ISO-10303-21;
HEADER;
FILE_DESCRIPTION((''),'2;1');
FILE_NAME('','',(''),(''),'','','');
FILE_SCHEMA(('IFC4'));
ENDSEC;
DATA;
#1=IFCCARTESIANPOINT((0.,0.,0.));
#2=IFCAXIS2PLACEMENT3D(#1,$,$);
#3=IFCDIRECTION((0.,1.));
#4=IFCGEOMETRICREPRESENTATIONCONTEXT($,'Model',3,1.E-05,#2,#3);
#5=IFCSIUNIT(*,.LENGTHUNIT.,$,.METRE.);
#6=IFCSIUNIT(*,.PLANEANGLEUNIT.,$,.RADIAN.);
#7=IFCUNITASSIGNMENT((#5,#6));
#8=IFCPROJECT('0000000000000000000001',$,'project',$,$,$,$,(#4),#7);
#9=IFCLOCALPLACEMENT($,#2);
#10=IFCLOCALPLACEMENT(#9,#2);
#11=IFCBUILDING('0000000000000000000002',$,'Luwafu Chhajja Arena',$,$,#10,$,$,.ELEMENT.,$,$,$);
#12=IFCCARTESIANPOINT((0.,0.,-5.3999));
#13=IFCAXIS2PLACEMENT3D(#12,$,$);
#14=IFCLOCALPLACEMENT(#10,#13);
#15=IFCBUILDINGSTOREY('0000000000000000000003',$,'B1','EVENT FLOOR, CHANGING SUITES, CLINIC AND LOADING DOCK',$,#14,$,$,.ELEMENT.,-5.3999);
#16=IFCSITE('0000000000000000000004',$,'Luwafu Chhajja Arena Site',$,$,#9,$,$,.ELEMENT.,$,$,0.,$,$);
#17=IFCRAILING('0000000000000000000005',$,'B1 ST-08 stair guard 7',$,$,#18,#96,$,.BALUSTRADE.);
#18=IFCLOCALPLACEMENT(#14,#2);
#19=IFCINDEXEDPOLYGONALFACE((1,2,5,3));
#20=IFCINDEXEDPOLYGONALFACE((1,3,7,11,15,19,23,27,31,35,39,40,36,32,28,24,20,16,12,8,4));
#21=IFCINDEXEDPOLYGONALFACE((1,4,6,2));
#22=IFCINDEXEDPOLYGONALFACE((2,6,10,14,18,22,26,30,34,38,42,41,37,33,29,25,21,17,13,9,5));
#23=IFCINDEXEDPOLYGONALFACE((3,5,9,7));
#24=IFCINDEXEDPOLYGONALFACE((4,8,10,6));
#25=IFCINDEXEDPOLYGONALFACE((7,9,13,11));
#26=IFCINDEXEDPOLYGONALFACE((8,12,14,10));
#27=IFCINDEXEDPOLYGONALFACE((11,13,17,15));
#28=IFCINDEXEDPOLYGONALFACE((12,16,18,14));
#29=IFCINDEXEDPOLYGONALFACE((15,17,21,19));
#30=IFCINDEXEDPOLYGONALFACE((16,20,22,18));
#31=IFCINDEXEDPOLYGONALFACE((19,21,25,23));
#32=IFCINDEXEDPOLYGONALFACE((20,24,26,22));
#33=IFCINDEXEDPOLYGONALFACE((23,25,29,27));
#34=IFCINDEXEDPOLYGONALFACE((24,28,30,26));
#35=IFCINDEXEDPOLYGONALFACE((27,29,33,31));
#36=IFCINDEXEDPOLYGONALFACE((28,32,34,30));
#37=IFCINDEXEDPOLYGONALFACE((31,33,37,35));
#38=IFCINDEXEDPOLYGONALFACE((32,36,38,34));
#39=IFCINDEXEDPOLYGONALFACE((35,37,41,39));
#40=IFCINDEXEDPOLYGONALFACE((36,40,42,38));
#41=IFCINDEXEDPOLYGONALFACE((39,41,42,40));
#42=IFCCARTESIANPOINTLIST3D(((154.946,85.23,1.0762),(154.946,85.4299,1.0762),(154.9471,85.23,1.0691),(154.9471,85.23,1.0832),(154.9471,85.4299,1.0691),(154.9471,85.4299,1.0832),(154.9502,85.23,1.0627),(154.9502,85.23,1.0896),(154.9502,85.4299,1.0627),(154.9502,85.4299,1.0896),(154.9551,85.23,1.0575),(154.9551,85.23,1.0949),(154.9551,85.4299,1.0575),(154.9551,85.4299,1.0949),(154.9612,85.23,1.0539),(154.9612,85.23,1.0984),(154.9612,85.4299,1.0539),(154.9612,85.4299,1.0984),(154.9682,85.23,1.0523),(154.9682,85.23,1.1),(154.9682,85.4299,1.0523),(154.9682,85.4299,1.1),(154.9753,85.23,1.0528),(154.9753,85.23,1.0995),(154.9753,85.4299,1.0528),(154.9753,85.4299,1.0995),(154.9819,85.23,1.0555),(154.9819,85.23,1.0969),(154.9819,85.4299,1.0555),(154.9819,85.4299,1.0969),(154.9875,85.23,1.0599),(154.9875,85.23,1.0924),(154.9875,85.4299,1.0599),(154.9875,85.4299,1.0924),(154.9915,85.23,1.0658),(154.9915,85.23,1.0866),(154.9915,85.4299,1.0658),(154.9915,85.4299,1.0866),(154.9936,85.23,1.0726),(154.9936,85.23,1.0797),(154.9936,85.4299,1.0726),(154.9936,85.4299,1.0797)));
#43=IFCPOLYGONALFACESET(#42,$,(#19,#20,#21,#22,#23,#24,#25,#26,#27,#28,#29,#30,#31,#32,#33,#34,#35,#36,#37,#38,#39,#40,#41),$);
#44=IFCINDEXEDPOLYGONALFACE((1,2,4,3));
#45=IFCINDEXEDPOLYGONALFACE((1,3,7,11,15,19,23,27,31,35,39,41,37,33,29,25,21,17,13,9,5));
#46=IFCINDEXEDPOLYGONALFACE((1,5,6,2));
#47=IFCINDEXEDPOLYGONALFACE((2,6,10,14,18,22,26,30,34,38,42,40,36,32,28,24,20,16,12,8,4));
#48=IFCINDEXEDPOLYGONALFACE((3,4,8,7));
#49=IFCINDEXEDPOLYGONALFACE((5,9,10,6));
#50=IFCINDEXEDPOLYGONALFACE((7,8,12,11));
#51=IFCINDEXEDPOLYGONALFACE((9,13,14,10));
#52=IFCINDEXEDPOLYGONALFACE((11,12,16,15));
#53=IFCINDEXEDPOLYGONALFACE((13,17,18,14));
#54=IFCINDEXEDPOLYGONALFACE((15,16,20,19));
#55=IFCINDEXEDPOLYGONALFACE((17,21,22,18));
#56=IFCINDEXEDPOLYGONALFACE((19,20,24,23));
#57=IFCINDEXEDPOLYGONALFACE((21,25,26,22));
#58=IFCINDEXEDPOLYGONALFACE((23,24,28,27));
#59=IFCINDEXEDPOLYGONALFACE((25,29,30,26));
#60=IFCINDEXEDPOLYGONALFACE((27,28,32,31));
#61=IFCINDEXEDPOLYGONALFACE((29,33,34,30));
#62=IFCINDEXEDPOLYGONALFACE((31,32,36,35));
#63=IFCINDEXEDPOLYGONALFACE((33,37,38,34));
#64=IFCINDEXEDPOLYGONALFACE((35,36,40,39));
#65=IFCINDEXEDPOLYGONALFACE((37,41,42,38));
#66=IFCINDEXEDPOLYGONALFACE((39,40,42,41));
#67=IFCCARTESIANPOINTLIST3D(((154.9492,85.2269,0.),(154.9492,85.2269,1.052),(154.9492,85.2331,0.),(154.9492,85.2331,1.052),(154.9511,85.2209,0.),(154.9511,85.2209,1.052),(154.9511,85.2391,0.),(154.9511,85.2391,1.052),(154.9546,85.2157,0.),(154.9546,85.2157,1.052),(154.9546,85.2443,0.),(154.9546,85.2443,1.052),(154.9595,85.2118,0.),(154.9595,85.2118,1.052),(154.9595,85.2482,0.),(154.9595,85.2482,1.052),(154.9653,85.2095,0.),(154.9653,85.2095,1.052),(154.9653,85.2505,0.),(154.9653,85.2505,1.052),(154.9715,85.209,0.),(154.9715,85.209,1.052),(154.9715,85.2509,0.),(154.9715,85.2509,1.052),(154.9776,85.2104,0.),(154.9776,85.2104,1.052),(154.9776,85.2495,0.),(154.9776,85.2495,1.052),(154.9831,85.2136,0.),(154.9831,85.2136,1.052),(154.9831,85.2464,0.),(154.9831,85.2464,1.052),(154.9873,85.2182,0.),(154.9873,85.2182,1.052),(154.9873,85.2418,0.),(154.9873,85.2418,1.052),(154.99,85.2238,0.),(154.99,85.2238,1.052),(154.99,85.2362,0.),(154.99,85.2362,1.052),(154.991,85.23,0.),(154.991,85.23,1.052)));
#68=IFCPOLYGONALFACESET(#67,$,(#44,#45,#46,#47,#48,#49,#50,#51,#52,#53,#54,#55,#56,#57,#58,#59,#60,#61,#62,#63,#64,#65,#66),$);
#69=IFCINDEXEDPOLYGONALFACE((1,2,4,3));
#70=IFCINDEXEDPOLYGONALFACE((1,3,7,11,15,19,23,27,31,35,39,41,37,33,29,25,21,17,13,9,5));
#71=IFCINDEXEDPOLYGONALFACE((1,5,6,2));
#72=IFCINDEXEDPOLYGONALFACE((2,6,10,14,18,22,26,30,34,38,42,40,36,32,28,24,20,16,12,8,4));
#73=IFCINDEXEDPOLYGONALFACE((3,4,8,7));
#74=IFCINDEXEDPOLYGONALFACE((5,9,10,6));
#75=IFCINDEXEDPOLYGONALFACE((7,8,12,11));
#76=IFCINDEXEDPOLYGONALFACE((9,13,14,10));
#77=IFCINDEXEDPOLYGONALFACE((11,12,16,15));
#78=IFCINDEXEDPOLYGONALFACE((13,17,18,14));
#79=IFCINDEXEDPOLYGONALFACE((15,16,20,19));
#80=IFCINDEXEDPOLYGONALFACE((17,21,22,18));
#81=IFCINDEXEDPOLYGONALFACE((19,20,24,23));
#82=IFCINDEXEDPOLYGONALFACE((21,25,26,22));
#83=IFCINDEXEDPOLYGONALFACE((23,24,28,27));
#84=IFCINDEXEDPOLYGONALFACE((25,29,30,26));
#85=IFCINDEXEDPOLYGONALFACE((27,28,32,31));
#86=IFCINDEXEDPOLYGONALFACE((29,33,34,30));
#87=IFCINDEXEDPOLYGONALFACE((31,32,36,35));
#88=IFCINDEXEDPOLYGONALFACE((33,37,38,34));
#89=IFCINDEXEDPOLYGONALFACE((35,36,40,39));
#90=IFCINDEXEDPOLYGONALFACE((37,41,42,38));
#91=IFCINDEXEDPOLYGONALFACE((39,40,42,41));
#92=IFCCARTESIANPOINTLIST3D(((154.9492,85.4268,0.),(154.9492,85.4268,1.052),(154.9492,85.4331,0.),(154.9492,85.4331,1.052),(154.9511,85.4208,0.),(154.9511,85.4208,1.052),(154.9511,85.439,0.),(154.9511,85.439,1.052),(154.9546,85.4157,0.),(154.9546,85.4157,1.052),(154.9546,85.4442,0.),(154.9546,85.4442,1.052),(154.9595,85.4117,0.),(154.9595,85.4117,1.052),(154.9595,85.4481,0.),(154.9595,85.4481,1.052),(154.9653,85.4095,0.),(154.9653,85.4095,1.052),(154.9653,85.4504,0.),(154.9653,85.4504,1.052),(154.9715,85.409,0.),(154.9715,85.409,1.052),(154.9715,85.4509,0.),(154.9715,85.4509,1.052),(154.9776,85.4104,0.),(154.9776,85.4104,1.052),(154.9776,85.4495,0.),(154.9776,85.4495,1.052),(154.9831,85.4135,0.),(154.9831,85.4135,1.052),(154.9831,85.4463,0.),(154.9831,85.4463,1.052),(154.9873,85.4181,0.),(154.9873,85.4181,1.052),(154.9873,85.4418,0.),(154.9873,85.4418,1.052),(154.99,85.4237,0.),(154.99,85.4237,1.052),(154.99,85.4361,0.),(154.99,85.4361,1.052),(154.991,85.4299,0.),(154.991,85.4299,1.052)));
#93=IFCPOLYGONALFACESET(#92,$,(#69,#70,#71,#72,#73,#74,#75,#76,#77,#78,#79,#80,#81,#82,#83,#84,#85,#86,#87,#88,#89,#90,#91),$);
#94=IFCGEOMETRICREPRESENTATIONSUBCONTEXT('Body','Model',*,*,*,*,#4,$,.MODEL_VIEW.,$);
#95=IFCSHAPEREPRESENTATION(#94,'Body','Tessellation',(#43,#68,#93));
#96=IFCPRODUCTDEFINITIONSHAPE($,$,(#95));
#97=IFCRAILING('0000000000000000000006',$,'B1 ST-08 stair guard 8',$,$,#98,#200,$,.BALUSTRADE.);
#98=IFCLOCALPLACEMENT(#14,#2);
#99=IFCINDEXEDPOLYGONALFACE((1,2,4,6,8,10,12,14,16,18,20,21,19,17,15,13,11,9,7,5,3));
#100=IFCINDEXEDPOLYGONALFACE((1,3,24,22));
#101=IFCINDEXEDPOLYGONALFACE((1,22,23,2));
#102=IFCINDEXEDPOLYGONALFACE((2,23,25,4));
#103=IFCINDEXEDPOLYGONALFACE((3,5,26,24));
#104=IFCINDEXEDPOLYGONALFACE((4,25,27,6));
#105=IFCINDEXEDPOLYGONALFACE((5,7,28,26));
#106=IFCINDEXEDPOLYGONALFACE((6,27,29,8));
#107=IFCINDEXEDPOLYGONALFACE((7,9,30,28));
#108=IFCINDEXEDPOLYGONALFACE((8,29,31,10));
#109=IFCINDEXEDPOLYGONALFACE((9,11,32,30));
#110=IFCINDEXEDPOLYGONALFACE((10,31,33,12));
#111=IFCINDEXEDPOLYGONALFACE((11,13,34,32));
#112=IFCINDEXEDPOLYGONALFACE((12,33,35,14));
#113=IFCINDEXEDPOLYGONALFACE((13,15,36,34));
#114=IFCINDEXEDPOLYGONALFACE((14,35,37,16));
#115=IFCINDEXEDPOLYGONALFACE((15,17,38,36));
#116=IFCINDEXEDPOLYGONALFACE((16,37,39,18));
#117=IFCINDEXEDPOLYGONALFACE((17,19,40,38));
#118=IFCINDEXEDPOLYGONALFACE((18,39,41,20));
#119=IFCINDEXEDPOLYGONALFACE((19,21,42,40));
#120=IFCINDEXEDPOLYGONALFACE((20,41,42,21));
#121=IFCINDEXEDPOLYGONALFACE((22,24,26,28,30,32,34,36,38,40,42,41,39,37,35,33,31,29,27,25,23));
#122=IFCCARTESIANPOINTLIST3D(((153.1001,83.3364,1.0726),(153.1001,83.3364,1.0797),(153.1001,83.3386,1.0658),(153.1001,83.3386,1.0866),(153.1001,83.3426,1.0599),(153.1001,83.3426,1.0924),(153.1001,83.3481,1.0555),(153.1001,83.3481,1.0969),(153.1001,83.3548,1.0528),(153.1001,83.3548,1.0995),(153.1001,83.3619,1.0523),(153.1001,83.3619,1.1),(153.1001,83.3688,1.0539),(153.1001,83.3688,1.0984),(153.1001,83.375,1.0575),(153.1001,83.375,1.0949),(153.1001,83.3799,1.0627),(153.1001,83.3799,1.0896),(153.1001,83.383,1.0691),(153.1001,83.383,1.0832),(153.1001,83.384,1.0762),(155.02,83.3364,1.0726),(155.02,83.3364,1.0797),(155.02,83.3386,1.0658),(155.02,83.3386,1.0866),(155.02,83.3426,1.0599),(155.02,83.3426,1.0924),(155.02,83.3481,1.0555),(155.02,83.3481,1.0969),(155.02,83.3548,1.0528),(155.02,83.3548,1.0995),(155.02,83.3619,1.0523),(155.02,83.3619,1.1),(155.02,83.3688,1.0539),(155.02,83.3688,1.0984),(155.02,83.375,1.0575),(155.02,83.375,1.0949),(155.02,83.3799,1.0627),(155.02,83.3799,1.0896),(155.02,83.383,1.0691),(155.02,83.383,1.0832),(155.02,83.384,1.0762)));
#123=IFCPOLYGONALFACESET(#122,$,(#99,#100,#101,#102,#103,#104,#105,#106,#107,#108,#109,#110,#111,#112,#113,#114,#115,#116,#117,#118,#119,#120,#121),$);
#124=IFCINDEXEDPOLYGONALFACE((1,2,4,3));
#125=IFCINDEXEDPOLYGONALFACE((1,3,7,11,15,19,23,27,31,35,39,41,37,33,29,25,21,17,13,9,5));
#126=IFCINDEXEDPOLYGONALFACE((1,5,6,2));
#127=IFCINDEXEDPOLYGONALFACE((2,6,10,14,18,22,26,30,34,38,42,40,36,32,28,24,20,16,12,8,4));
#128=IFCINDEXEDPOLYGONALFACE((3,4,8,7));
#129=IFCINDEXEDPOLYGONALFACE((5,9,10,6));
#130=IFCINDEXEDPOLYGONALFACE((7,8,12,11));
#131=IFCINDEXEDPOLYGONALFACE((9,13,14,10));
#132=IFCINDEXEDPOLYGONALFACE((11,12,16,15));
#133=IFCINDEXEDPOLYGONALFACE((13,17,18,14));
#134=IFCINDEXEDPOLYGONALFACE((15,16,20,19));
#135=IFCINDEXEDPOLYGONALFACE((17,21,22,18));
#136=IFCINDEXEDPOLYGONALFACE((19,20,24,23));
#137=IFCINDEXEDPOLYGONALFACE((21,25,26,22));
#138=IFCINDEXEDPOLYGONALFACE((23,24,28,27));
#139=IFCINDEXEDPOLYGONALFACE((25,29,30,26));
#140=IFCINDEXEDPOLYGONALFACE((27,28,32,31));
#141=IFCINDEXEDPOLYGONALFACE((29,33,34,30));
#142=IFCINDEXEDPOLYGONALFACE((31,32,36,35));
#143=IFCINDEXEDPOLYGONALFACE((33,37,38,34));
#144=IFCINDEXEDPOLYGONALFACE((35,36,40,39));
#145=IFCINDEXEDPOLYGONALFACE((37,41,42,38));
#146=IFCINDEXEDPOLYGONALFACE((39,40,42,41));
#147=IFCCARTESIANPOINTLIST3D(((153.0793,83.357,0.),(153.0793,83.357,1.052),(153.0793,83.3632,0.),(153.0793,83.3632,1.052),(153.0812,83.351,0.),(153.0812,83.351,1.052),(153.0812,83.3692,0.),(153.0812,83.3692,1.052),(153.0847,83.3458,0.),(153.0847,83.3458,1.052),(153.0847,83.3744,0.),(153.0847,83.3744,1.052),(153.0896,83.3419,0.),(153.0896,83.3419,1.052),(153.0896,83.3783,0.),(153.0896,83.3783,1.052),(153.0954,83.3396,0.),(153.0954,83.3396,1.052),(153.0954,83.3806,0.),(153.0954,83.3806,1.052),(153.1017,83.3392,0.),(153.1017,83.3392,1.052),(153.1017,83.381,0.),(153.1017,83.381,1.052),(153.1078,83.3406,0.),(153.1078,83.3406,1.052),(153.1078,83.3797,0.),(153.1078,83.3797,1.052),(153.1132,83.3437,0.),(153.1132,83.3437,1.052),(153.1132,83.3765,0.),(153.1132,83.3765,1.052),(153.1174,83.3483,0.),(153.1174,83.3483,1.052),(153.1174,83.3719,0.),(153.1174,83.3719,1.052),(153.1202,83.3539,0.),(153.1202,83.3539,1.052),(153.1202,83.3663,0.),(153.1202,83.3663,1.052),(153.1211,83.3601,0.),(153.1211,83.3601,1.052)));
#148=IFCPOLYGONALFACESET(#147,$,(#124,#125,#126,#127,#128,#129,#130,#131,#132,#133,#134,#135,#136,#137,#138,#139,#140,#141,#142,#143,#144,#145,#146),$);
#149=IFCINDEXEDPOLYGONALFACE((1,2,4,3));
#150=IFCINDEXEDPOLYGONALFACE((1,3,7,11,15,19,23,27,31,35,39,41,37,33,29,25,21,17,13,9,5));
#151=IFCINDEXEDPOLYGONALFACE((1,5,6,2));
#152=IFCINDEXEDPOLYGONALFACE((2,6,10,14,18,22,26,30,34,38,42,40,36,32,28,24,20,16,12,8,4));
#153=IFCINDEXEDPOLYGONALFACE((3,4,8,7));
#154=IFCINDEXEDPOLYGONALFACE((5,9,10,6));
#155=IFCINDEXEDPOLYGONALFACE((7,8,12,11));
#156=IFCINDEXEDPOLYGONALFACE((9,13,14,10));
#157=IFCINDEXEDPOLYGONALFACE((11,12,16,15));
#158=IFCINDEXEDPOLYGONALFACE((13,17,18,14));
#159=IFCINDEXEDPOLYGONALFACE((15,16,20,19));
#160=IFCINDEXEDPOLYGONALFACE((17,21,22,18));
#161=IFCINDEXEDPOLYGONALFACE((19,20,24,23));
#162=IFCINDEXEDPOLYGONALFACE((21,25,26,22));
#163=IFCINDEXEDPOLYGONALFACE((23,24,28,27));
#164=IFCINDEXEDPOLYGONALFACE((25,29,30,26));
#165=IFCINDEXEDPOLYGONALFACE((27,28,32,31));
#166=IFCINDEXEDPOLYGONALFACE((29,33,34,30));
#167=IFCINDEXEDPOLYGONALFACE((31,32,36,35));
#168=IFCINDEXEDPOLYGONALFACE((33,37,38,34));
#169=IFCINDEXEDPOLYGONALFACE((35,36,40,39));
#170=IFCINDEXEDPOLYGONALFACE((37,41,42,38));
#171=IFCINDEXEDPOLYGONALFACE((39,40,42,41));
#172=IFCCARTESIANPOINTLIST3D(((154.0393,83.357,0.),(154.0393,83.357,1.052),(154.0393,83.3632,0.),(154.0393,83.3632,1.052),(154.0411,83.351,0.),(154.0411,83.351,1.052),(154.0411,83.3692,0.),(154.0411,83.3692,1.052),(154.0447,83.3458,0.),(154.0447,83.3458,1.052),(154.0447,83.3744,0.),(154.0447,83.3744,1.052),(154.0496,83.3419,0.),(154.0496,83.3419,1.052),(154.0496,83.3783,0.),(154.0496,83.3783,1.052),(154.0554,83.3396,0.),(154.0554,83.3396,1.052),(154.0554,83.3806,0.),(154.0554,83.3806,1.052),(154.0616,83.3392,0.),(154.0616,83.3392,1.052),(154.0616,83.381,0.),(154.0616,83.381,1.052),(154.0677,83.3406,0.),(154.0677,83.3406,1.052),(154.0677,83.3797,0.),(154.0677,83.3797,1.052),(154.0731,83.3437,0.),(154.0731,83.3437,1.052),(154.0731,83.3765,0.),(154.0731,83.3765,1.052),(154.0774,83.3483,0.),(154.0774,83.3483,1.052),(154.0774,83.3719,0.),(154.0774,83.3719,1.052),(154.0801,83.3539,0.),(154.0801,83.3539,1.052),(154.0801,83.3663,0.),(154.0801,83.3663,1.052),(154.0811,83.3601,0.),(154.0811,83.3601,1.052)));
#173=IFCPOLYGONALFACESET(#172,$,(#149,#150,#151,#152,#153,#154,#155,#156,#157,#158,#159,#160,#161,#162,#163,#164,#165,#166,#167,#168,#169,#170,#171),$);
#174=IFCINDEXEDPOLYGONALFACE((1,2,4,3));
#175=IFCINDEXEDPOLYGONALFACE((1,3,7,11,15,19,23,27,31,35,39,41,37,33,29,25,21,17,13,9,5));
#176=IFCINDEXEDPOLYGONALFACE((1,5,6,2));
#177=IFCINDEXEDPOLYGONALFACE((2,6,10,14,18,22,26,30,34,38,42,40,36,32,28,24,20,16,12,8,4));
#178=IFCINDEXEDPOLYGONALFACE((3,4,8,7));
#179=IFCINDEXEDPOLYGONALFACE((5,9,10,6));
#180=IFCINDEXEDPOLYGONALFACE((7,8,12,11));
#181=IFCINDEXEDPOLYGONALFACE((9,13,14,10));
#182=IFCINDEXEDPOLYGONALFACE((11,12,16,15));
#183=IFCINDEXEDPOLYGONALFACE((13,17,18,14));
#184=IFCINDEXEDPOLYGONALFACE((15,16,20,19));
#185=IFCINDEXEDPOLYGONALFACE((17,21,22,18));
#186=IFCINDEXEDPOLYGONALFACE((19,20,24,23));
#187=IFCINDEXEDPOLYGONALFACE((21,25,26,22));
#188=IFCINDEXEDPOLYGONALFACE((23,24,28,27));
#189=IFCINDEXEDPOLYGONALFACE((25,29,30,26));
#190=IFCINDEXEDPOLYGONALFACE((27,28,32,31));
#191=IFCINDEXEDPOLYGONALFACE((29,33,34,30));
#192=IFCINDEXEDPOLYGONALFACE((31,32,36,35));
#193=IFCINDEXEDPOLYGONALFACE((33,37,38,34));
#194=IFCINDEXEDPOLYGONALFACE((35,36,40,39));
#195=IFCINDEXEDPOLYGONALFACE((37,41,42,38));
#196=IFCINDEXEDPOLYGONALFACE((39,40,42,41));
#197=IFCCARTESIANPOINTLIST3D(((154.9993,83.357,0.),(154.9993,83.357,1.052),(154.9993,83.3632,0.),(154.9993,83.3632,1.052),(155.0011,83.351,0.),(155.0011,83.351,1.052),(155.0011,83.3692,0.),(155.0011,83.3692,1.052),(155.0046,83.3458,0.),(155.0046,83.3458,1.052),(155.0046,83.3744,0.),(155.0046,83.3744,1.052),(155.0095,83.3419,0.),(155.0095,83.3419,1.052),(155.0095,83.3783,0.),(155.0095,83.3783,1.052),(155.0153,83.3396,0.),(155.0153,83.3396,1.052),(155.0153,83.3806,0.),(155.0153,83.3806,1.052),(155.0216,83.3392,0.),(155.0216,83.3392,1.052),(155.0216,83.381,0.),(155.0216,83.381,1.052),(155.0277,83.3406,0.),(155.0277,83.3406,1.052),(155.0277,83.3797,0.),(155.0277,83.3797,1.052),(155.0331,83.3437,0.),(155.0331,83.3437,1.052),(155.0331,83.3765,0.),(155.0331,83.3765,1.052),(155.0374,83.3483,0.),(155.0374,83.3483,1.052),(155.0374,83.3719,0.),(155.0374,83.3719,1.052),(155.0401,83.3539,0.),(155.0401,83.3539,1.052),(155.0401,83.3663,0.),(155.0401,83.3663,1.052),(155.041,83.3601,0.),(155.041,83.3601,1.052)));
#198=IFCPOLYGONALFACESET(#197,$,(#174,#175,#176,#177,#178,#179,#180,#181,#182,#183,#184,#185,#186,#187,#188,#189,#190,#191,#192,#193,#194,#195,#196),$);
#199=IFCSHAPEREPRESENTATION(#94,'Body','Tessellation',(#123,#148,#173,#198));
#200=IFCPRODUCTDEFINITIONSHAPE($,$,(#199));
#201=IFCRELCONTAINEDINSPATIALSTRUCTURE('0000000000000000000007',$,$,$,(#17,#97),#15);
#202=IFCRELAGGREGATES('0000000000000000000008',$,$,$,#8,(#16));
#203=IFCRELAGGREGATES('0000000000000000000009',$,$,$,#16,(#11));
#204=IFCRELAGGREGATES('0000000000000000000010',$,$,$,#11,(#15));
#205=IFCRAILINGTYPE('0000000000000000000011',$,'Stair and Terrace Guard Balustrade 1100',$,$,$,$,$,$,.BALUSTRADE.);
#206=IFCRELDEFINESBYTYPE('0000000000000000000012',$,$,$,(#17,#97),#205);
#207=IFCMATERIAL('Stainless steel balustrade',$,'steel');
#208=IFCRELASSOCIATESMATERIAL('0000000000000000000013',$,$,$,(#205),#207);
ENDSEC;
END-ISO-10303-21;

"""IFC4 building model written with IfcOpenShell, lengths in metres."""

from ifc_helpers import new_model, si_unit, direction, frame, origin, origin_2d, place, context, subcontext, project, spatial, circle, extrude, material, type_object, element, save


model = new_model("IFC4")

# Units and contexts
model_context = context("Model", 3, precision=1e-05, world=origin(), true_north=direction((0.0, 1.0)))
body_context = subcontext(model_context, "Body", "Model", "MODEL_VIEW")
ifc_project = project(units=[si_unit("LENGTHUNIT", "METRE"), si_unit("PLANEANGLEUNIT", "RADIAN")], contexts=[model_context])

# Site, building, storey
site_placement = place(None, origin())
site = spatial("IfcSite", under=ifc_project, at=site_placement, Name="Luwafu Chhajja Arena Site", CompositionType="ELEMENT", RefElevation=0.0)
building_placement = place(site_placement, origin())
building = spatial("IfcBuilding", under=site, at=building_placement, Name="Luwafu Chhajja Arena", CompositionType="ELEMENT")
storey_placement = place(building_placement, frame((0.0, 0.0, -5.3999)))
storey = spatial("IfcBuildingStorey", under=building, at=storey_placement, Name="B1", Description="EVENT FLOOR, CHANGING SUITES, CLINIC AND LOADING DOCK", CompositionType="ELEMENT", Elevation=-5.3999)

# Railings
ifc_material_1 = material(Name="Stainless steel balustrade", Category="steel")
railing_type_1 = type_object("IfcRailingType", Name="Stair and Terrace Guard Balustrade 1100", PredefinedType="BALUSTRADE", material=ifc_material_1)
railing_1_placement = place(storey_placement, frame((154.97, 85.23, 0.0)))
element("IfcRailing", 1, at=railing_1_placement, inside=storey, type_object=railing_type_1, Name="B1 ST-08 stair guard 7", PredefinedType="BALUSTRADE", context=body_context, shape_type="SweptSolid", body=[
    extrude(circle(Radius=0.0239, at=origin_2d()), frame((0.0, 0.0, 1.0762), z_axis=(0.0, 1.0, 0.0), x_axis=(-1.0, 0.0, 0.0)), (0.0, 0.0, 1.0), 0.2),
    extrude(circle(Radius=0.021, at=origin_2d()), origin(), (0.0, 0.0, 1.0), 1.052),
    extrude(circle(Radius=0.021, at=origin_2d()), frame((0.0, 0.2, 0.0)), (0.0, 0.0, 1.0), 1.052),
])
for number, where, name in (
    (2, (153.1001, 83.3601, 0.0), "B1 ST-08 stair guard 8"),
):
    element("IfcRailing", number, at=place(storey_placement, frame(where)), inside=storey, type_object=railing_type_1, Name=name, PredefinedType="BALUSTRADE", context=body_context, shape_type="SweptSolid", body=[
        extrude(circle(Radius=0.0239, at=origin_2d()), frame((0.0, 0.0, 1.0762), z_axis=(1.0, 0.0, 0.0), x_axis=(0.0, 1.0, 0.0)), (0.0, 0.0, 1.0), 1.9199),
        extrude(circle(Radius=0.021, at=origin_2d()), origin(), (0.0, 0.0, 1.0), 1.052),
        extrude(circle(Radius=0.021, at=origin_2d()), frame((0.96, 0.0, 0.0)), (0.0, 0.0, 1.0), 1.052),
        extrude(circle(Radius=0.021, at=origin_2d()), frame((1.9199, 0.0, 0.0)), (0.0, 0.0, 1.0), 1.052),
    ])

save(model, "model.ifc")
